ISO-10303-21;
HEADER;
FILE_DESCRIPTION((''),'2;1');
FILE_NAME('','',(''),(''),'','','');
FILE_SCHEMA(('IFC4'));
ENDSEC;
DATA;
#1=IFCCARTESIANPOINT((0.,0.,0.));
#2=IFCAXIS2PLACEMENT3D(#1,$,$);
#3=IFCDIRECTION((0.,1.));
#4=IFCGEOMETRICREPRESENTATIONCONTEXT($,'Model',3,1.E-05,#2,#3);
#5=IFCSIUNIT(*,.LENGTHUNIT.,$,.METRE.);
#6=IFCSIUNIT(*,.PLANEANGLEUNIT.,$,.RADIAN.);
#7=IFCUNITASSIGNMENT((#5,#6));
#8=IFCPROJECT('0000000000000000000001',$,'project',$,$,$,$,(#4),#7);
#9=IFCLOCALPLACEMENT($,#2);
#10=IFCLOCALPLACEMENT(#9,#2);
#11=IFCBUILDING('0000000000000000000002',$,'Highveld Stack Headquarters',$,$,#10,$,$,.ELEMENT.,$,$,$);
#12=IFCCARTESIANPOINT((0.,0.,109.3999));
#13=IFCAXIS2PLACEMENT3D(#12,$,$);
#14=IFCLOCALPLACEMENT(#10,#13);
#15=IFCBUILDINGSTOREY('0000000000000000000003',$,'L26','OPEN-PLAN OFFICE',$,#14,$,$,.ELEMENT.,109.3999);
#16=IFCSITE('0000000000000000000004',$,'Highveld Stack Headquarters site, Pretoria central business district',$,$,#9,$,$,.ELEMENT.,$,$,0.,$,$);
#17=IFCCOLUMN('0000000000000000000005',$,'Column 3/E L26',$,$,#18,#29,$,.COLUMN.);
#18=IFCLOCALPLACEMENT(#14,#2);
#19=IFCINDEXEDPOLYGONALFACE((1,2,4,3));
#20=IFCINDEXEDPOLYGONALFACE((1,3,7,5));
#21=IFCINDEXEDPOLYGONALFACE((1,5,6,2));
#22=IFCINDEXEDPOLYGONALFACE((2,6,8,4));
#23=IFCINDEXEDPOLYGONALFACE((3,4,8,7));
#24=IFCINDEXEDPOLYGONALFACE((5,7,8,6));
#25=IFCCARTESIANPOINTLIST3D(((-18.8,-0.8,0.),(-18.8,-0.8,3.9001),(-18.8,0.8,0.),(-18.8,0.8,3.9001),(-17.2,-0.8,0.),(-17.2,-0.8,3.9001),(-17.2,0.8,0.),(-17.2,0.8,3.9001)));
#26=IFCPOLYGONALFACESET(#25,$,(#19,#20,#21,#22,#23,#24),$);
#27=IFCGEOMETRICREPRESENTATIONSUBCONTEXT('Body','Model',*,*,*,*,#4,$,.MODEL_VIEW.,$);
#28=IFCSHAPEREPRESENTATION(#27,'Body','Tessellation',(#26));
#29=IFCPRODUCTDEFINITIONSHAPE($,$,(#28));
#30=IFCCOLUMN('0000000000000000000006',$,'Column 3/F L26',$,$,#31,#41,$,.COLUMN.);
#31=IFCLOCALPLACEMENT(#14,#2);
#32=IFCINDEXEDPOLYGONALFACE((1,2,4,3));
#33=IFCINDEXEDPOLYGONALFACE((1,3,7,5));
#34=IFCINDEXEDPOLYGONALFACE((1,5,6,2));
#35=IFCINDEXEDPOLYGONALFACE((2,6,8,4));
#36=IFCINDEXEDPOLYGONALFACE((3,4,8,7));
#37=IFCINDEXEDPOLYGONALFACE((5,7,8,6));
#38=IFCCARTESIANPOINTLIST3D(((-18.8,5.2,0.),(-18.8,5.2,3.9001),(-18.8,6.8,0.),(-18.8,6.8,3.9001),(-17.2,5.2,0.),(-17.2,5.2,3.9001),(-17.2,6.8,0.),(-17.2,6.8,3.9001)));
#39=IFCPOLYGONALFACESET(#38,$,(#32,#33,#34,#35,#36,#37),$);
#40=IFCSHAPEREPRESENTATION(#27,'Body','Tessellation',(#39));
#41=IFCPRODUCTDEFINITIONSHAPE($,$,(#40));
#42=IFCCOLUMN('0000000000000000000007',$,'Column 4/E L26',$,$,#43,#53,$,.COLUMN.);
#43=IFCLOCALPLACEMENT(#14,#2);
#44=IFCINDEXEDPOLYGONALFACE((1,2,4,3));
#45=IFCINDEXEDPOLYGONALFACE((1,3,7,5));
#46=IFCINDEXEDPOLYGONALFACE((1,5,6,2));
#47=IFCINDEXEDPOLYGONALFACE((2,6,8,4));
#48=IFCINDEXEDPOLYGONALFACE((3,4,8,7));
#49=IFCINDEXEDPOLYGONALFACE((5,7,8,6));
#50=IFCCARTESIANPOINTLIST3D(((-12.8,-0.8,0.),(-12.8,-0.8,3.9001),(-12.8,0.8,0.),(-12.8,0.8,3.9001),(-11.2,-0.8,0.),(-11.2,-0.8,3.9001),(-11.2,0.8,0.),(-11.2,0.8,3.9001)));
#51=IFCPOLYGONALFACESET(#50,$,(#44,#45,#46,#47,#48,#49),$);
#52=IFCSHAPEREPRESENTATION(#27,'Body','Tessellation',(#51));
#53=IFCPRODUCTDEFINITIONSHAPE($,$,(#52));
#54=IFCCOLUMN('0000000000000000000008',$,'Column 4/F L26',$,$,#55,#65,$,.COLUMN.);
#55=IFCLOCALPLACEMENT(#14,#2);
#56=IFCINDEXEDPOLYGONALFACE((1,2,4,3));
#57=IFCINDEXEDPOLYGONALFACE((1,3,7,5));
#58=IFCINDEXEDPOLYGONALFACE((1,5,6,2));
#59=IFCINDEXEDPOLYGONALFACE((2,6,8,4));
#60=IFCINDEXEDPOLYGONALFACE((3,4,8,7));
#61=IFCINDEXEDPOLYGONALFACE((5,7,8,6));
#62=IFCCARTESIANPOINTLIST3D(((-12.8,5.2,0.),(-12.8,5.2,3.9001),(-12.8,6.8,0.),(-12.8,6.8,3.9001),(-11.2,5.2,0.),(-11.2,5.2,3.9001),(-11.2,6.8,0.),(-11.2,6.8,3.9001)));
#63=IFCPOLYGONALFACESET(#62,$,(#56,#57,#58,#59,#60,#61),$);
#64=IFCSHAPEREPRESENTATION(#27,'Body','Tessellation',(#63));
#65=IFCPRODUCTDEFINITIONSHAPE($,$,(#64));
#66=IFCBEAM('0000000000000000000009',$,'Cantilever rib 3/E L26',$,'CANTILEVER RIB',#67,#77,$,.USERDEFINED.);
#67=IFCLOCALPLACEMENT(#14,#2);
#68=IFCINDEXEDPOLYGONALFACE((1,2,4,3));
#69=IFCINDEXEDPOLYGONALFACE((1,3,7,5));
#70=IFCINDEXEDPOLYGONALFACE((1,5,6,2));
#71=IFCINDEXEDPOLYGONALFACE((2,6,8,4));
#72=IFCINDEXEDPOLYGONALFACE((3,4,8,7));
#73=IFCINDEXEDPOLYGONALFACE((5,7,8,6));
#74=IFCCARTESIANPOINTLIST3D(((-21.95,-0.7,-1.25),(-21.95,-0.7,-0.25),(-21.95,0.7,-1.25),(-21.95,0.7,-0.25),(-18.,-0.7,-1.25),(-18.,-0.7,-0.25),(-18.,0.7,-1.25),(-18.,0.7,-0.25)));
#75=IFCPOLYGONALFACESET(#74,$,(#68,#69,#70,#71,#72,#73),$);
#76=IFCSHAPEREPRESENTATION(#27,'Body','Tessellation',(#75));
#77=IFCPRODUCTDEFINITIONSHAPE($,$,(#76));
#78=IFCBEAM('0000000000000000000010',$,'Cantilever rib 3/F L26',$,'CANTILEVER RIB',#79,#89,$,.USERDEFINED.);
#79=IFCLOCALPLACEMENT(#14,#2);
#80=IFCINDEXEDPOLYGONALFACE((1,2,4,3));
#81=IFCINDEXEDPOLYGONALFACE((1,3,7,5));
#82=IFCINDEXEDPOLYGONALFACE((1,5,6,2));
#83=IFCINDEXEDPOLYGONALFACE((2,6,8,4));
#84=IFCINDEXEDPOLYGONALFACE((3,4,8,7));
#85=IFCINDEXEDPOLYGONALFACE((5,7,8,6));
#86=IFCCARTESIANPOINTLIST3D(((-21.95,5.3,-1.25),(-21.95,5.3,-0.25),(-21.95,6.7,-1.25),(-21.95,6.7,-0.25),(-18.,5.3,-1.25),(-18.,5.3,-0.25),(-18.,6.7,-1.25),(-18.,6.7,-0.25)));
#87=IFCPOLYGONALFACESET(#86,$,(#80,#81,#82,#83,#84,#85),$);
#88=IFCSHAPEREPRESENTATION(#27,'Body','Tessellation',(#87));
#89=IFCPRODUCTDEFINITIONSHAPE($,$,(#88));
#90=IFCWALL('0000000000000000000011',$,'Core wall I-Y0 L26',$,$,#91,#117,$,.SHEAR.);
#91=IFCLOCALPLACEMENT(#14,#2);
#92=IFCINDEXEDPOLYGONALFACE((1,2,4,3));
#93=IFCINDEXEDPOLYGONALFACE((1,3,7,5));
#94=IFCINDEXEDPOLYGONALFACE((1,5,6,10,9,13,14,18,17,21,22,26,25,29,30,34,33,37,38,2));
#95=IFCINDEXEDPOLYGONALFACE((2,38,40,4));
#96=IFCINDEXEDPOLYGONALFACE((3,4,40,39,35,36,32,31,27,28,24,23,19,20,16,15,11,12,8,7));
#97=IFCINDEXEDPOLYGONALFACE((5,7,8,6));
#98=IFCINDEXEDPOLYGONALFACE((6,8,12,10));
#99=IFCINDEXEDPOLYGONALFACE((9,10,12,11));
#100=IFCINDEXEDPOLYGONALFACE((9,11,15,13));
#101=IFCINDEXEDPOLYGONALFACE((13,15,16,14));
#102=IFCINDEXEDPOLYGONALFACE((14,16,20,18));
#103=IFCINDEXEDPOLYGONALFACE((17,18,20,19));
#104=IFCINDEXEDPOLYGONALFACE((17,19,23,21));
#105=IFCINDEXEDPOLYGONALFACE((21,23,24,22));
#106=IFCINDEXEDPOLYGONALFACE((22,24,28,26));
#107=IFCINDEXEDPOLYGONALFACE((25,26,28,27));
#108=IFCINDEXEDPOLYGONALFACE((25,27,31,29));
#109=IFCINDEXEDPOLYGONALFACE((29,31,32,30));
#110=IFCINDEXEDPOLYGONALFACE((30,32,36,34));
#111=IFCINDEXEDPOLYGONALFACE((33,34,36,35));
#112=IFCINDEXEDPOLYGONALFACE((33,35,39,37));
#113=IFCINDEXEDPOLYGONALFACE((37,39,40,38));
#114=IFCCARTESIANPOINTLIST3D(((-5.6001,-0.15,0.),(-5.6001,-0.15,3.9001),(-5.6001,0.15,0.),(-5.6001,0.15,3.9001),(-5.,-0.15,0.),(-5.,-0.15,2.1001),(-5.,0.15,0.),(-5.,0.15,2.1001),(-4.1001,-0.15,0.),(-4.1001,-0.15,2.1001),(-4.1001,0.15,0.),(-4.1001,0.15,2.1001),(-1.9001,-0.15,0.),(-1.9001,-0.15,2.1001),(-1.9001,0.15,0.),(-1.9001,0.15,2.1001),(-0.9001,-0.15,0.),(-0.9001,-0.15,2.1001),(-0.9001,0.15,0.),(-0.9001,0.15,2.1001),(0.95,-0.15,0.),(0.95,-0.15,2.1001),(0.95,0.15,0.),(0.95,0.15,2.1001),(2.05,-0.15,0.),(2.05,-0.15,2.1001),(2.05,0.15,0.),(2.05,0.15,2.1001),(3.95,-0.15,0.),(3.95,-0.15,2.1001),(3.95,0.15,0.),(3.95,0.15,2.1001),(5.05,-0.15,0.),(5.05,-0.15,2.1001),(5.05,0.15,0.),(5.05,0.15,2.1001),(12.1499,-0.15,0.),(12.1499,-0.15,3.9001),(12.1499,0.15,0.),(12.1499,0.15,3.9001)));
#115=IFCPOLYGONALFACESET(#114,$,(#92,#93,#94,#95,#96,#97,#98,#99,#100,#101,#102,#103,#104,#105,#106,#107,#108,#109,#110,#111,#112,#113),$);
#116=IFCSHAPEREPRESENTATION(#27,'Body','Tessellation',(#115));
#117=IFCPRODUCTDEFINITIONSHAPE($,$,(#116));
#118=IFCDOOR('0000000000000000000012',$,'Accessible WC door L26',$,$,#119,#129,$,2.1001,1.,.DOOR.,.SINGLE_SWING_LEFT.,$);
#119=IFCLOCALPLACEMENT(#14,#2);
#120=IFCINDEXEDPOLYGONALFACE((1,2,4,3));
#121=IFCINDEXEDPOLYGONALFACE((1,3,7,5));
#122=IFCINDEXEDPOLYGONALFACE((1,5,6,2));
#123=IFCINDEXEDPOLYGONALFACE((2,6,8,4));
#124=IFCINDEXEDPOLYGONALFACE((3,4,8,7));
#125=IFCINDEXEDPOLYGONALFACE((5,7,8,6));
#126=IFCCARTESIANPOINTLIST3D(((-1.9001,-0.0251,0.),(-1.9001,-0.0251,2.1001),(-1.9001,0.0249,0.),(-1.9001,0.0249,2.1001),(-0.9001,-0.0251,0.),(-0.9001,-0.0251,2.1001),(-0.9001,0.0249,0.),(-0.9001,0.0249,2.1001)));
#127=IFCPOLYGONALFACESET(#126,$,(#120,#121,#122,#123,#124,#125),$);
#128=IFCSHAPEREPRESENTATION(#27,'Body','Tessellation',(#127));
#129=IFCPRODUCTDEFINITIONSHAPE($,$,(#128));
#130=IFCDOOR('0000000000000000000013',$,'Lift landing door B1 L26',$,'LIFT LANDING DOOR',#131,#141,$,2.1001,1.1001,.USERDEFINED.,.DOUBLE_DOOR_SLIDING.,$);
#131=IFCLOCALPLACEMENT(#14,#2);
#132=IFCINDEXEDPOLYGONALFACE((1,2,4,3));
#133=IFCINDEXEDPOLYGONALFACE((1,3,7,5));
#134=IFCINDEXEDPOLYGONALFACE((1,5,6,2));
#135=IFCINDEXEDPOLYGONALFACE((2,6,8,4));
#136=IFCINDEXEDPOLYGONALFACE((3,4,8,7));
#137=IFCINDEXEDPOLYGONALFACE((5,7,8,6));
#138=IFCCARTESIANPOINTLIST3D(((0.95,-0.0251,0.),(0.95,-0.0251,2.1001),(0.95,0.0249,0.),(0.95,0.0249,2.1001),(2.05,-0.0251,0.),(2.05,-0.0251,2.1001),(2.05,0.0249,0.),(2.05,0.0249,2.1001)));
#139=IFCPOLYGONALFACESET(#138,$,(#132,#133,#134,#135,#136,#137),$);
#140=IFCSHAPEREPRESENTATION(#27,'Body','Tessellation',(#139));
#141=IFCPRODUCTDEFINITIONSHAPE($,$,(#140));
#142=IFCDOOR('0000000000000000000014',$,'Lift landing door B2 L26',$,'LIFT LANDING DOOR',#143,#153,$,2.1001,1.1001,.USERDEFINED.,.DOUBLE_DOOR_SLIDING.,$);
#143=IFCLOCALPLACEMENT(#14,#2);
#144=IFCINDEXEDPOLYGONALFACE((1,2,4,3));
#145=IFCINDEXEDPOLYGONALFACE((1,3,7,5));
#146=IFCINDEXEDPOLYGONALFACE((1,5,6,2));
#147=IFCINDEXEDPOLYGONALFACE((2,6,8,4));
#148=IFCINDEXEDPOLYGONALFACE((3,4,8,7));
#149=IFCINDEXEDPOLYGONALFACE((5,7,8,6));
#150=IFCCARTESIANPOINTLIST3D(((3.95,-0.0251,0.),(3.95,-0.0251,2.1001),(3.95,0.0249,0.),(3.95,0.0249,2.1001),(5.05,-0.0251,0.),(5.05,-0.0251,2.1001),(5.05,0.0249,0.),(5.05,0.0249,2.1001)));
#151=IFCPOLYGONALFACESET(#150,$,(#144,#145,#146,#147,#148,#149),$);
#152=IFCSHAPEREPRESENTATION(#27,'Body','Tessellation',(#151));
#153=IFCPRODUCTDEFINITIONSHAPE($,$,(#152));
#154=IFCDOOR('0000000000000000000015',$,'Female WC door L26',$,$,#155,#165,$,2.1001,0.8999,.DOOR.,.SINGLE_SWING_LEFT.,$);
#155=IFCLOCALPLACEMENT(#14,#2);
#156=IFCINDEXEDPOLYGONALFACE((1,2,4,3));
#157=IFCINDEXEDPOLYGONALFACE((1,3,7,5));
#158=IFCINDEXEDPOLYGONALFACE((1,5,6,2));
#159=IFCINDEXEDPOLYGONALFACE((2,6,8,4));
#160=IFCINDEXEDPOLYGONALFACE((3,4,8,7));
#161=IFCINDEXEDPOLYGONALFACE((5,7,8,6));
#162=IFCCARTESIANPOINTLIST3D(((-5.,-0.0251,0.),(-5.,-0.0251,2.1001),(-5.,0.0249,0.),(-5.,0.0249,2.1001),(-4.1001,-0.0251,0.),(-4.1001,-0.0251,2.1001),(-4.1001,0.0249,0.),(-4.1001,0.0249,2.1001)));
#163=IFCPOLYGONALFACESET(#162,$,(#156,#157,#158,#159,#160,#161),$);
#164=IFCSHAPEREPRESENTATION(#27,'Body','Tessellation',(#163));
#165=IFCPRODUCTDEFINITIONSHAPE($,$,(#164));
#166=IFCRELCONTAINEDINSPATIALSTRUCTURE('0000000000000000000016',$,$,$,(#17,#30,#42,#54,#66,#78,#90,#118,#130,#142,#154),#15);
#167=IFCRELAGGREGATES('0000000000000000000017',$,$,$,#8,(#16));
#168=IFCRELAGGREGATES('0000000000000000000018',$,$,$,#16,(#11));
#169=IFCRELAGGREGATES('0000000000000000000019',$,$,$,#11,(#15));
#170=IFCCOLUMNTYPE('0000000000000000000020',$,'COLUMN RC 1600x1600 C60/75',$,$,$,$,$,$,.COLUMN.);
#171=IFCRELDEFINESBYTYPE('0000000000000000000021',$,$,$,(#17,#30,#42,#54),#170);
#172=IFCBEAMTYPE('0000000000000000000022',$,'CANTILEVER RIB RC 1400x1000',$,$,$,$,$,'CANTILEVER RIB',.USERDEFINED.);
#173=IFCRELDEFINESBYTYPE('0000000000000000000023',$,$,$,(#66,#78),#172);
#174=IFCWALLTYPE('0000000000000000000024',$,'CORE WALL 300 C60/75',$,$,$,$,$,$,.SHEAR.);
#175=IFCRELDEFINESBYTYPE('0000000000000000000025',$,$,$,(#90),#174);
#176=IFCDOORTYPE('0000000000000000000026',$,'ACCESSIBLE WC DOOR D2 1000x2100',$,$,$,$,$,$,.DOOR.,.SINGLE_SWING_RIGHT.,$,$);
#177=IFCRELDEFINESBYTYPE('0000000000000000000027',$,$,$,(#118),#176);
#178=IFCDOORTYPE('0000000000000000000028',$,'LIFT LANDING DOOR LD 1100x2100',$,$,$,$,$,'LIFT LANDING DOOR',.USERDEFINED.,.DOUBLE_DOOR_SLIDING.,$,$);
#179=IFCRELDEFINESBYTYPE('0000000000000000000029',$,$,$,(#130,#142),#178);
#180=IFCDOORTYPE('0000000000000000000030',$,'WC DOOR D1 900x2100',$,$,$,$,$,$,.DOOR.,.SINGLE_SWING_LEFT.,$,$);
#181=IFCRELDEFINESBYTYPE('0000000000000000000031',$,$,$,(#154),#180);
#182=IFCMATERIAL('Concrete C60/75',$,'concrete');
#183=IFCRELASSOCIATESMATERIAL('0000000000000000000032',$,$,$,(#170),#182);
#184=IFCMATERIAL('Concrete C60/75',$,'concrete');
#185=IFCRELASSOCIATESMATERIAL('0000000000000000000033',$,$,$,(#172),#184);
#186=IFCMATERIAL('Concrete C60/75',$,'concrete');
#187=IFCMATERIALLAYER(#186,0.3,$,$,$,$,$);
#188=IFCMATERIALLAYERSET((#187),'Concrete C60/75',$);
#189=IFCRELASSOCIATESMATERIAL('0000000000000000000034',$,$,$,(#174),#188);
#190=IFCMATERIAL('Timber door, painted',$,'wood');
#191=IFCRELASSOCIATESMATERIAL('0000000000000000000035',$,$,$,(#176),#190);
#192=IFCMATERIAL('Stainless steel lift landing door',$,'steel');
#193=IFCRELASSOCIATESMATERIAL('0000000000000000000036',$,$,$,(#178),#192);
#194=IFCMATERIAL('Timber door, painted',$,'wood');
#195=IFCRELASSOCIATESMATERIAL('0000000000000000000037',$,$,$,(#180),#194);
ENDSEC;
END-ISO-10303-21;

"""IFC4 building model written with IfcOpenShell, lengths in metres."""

from ifc_helpers import new_model, si_unit, direction, frame, frame_2d, origin, origin_2d, place, context, subcontext, project, spatial, rectangle, extrude, material, layer, layer_set, material_profile, profile_set, type_object, element, fill, save


model = new_model("IFC4")

# Units and contexts
model_context = context("Model", 3, precision=1e-05, world=origin(), true_north=direction((0.0, 1.0)))
body_context = subcontext(model_context, "Body", "Model", "MODEL_VIEW")
ifc_project = project(units=[si_unit("LENGTHUNIT", "METRE"), si_unit("PLANEANGLEUNIT", "RADIAN")], contexts=[model_context])

# Site, building, storey
site_placement = place(None, origin())
site = spatial("IfcSite", under=ifc_project, at=site_placement, Name="Highveld Stack Headquarters site, Pretoria central business district", CompositionType="ELEMENT", RefElevation=0.0)
building_placement = place(site_placement, origin())
building = spatial("IfcBuilding", under=site, at=building_placement, Name="Highveld Stack Headquarters", CompositionType="ELEMENT")
storey_placement = place(building_placement, frame((0.0, 0.0, 109.3999)))
storey = spatial("IfcBuildingStorey", under=building, at=storey_placement, Name="L26", Description="OPEN-PLAN OFFICE", CompositionType="ELEMENT", Elevation=109.3999)

# Columns
ifc_material_1 = material(Name="Concrete C60/75", Category="concrete")
ifc_material_profile_1 = material_profile(ifc_material_1, rectangle(XDim=1.6001, YDim=1.6001, at=origin_2d()), Name="RC 1600x1600")
ifc_profile_set_1 = profile_set([ifc_material_profile_1], Name="Concrete C60/75")
column_type = type_object("IfcColumnType", Name="COLUMN RC 1600x1600 C60/75", PredefinedType="COLUMN", material=ifc_profile_set_1)
for number, where, z_axis, x_axis, name in (
    (1, (-18.0, 0.0, 0.0), (0.0, 0.0, 1.0), (1.0, 0.0, 0.0), "Column 3/E L26"),
    (2, (-18.0, 6.0, 0.0), (0.0, 0.0, 1.0), (1.0, 0.0, 0.0), "Column 3/F L26"),
    (3, (-12.0, 0.0, 0.0), (0.0, 0.0, 1.0), (1.0, 0.0, 0.0), "Column 4/E L26"),
    (4, (-12.0, 6.0, 0.0), (0.0, 0.0, 1.0), (1.0, 0.0, 0.0), "Column 4/F L26"),
):
    element("IfcColumn", number, at=place(storey_placement, frame(where, z_axis=z_axis, x_axis=x_axis)), inside=storey, type_object=column_type, Name=name, PredefinedType="COLUMN", context=body_context, shape_type="SweptSolid", body=[
        extrude(rectangle(XDim=1.6001, YDim=1.6001, at=origin_2d()), origin(), (0.0, 0.0, 1.0), 3.9001),
    ])

# Beams
ifc_material_2 = material(Name="Concrete C60/75", Category="concrete")
ifc_material_profile_2 = material_profile(ifc_material_2, rectangle(XDim=1.3999, YDim=1.0, at=origin_2d()), Name="RC 1400x1000")
ifc_profile_set_2 = profile_set([ifc_material_profile_2], Name="Concrete C60/75")
beam_type = type_object("IfcBeamType", Name="CANTILEVER RIB RC 1400x1000", ElementType="CANTILEVER RIB", PredefinedType="USERDEFINED", material=ifc_profile_set_2)
for number, where, z_axis, x_axis, name in (
    (5, (-18.0, 0.0, -0.75), (-1.0, 0.0, 0.0), (0.0, -1.0, 0.0), "Cantilever rib 3/E L26"),
    (6, (-18.0, 6.0, -0.75), (-1.0, 0.0, 0.0), (0.0, -1.0, 0.0), "Cantilever rib 3/F L26"),
):
    element("IfcBeam", number, at=place(storey_placement, frame(where, z_axis=z_axis, x_axis=x_axis)), inside=storey, type_object=beam_type, Name=name, ObjectType="CANTILEVER RIB", PredefinedType="USERDEFINED", context=body_context, shape_type="SweptSolid", body=[
        extrude(rectangle(XDim=1.3999, YDim=1.0, at=origin_2d()), origin(), (0.0, 0.0, 1.0), 3.95),
    ])

# Wall, openings, doors
ifc_material_3 = material(Name="Concrete C60/75", Category="concrete")
ifc_layer_1 = layer(ifc_material_3, 0.3)
ifc_layer_set_1 = layer_set([ifc_layer_1], Name="Concrete C60/75")
wall_type_1 = type_object("IfcWallType", Name="CORE WALL 300 C60/75", PredefinedType="SHEAR", material=ifc_layer_set_1)
wall_1_placement = place(storey_placement, frame((-5.6001, 0.0, 0.0), z_axis=(0.0, 0.0, 1.0), x_axis=(1.0, 0.0, 0.0)))
wall_1 = element("IfcWall", 7, at=wall_1_placement, inside=storey, type_object=wall_type_1, Name="Core wall I-Y0 L26", PredefinedType="SHEAR", context=body_context, shape_type="SweptSolid", body=[
    extrude(rectangle(XDim=17.75, YDim=0.3, at=frame_2d((8.875, 0.0))), origin(), (0.0, 0.0, 1.0), 3.9001),
])
opening_1_placement = place(wall_1_placement, frame((0.6001, 0.0, 0.0)))
opening_1 = element("IfcOpeningElement", 8, at=opening_1_placement, cuts=wall_1, PredefinedType="OPENING", context=body_context, shape_type="SweptSolid", body=[
    extrude(rectangle(XDim=0.8999, YDim=2.1001, at=frame_2d((0.45, 1.05))), frame((0.0, 0.1599, 0.0), z_axis=(0.0, -1.0, 0.0), x_axis=(1.0, 0.0, 0.0)), (0.0, 0.0, 1.0), 0.3201),
])
opening_2_placement = place(wall_1_placement, frame((3.7, 0.0, 0.0)))
opening_2 = element("IfcOpeningElement", 9, at=opening_2_placement, cuts=wall_1, PredefinedType="OPENING", context=body_context, shape_type="SweptSolid", body=[
    extrude(rectangle(XDim=1.0, YDim=2.1001, at=frame_2d((0.5, 1.05))), frame((0.0, 0.1599, 0.0), z_axis=(0.0, -1.0, 0.0), x_axis=(1.0, 0.0, 0.0)), (0.0, 0.0, 1.0), 0.3201),
])
opening_3_placement = place(wall_1_placement, frame((6.55, 0.0, 0.0)))
opening_3 = element("IfcOpeningElement", 10, at=opening_3_placement, cuts=wall_1, PredefinedType="OPENING", context=body_context, shape_type="SweptSolid", body=[
    extrude(rectangle(XDim=1.1001, YDim=2.1001, at=frame_2d((0.55, 1.05))), frame((0.0, 0.1599, 0.0), z_axis=(0.0, -1.0, 0.0), x_axis=(1.0, 0.0, 0.0)), (0.0, 0.0, 1.0), 0.3201),
])
opening_4_placement = place(wall_1_placement, frame((9.55, 0.0, 0.0)))
opening_4 = element("IfcOpeningElement", 11, at=opening_4_placement, cuts=wall_1, PredefinedType="OPENING", context=body_context, shape_type="SweptSolid", body=[
    extrude(rectangle(XDim=1.1001, YDim=2.1001, at=frame_2d((0.55, 1.05))), frame((0.0, 0.1599, 0.0), z_axis=(0.0, -1.0, 0.0), x_axis=(1.0, 0.0, 0.0)), (0.0, 0.0, 1.0), 0.3201),
])
ifc_material_4 = material(Name="Timber door, painted", Category="wood")
door_type_1 = type_object("IfcDoorType", Name="ACCESSIBLE WC DOOR D2 1000x2100", OperationType="SINGLE_SWING_RIGHT", PredefinedType="DOOR", material=ifc_material_4)
door_1_placement = place(opening_2_placement, origin())
door_1 = element("IfcDoor", 12, at=door_1_placement, inside=storey, type_object=door_type_1, Name="Accessible WC door L26", OperationType="SINGLE_SWING_LEFT", OverallHeight=2.1001, OverallWidth=1.0, PredefinedType="DOOR", context=body_context, shape_type="SweptSolid", body=[
    extrude(rectangle(XDim=1.0, YDim=2.1001, at=frame_2d((0.5, 1.05))), frame((0.0, 0.0249, 0.0), z_axis=(0.0, -1.0, 0.0), x_axis=(1.0, 0.0, 0.0)), (0.0, 0.0, 1.0), 0.05),
])
fill(opening_2, door_1)
ifc_material_5 = material(Name="Stainless steel lift landing door", Category="steel")
door_type_2 = type_object("IfcDoorType", Name="LIFT LANDING DOOR LD 1100x2100", ElementType="LIFT LANDING DOOR", OperationType="DOUBLE_DOOR_SLIDING", PredefinedType="USERDEFINED", material=ifc_material_5)
door_2_placement = place(opening_3_placement, origin())
door_2 = element("IfcDoor", 13, at=door_2_placement, inside=storey, type_object=door_type_2, Name="Lift landing door B1 L26", ObjectType="LIFT LANDING DOOR", OperationType="DOUBLE_DOOR_SLIDING", OverallHeight=2.1001, OverallWidth=1.1001, PredefinedType="USERDEFINED", context=body_context, shape_type="SweptSolid", body=[
    extrude(rectangle(XDim=1.1001, YDim=2.1001, at=frame_2d((0.55, 1.05))), frame((0.0, 0.0249, 0.0), z_axis=(0.0, -1.0, 0.0), x_axis=(1.0, 0.0, 0.0)), (0.0, 0.0, 1.0), 0.05),
])
fill(opening_3, door_2)
door_3_placement = place(opening_4_placement, origin())
door_3 = element("IfcDoor", 14, at=door_3_placement, inside=storey, type_object=door_type_2, Name="Lift landing door B2 L26", ObjectType="LIFT LANDING DOOR", OperationType="DOUBLE_DOOR_SLIDING", OverallHeight=2.1001, OverallWidth=1.1001, PredefinedType="USERDEFINED", context=body_context, shape_type="SweptSolid", body=[
    extrude(rectangle(XDim=1.1001, YDim=2.1001, at=frame_2d((0.55, 1.05))), frame((0.0, 0.0249, 0.0), z_axis=(0.0, -1.0, 0.0), x_axis=(1.0, 0.0, 0.0)), (0.0, 0.0, 1.0), 0.05),
])
fill(opening_4, door_3)
ifc_material_6 = material(Name="Timber door, painted", Category="wood")
door_type_3 = type_object("IfcDoorType", Name="WC DOOR D1 900x2100", OperationType="SINGLE_SWING_LEFT", PredefinedType="DOOR", material=ifc_material_6)
door_4_placement = place(opening_1_placement, origin())
door_4 = element("IfcDoor", 15, at=door_4_placement, inside=storey, type_object=door_type_3, Name="Female WC door L26", OperationType="SINGLE_SWING_LEFT", OverallHeight=2.1001, OverallWidth=0.8999, PredefinedType="DOOR", context=body_context, shape_type="SweptSolid", body=[
    extrude(rectangle(XDim=0.8999, YDim=2.1001, at=frame_2d((0.45, 1.05))), frame((0.0, 0.0249, 0.0), z_axis=(0.0, -1.0, 0.0), x_axis=(1.0, 0.0, 0.0)), (0.0, 0.0, 1.0), 0.05),
])
fill(opening_1, door_4)

save(model, "model.ifc")
